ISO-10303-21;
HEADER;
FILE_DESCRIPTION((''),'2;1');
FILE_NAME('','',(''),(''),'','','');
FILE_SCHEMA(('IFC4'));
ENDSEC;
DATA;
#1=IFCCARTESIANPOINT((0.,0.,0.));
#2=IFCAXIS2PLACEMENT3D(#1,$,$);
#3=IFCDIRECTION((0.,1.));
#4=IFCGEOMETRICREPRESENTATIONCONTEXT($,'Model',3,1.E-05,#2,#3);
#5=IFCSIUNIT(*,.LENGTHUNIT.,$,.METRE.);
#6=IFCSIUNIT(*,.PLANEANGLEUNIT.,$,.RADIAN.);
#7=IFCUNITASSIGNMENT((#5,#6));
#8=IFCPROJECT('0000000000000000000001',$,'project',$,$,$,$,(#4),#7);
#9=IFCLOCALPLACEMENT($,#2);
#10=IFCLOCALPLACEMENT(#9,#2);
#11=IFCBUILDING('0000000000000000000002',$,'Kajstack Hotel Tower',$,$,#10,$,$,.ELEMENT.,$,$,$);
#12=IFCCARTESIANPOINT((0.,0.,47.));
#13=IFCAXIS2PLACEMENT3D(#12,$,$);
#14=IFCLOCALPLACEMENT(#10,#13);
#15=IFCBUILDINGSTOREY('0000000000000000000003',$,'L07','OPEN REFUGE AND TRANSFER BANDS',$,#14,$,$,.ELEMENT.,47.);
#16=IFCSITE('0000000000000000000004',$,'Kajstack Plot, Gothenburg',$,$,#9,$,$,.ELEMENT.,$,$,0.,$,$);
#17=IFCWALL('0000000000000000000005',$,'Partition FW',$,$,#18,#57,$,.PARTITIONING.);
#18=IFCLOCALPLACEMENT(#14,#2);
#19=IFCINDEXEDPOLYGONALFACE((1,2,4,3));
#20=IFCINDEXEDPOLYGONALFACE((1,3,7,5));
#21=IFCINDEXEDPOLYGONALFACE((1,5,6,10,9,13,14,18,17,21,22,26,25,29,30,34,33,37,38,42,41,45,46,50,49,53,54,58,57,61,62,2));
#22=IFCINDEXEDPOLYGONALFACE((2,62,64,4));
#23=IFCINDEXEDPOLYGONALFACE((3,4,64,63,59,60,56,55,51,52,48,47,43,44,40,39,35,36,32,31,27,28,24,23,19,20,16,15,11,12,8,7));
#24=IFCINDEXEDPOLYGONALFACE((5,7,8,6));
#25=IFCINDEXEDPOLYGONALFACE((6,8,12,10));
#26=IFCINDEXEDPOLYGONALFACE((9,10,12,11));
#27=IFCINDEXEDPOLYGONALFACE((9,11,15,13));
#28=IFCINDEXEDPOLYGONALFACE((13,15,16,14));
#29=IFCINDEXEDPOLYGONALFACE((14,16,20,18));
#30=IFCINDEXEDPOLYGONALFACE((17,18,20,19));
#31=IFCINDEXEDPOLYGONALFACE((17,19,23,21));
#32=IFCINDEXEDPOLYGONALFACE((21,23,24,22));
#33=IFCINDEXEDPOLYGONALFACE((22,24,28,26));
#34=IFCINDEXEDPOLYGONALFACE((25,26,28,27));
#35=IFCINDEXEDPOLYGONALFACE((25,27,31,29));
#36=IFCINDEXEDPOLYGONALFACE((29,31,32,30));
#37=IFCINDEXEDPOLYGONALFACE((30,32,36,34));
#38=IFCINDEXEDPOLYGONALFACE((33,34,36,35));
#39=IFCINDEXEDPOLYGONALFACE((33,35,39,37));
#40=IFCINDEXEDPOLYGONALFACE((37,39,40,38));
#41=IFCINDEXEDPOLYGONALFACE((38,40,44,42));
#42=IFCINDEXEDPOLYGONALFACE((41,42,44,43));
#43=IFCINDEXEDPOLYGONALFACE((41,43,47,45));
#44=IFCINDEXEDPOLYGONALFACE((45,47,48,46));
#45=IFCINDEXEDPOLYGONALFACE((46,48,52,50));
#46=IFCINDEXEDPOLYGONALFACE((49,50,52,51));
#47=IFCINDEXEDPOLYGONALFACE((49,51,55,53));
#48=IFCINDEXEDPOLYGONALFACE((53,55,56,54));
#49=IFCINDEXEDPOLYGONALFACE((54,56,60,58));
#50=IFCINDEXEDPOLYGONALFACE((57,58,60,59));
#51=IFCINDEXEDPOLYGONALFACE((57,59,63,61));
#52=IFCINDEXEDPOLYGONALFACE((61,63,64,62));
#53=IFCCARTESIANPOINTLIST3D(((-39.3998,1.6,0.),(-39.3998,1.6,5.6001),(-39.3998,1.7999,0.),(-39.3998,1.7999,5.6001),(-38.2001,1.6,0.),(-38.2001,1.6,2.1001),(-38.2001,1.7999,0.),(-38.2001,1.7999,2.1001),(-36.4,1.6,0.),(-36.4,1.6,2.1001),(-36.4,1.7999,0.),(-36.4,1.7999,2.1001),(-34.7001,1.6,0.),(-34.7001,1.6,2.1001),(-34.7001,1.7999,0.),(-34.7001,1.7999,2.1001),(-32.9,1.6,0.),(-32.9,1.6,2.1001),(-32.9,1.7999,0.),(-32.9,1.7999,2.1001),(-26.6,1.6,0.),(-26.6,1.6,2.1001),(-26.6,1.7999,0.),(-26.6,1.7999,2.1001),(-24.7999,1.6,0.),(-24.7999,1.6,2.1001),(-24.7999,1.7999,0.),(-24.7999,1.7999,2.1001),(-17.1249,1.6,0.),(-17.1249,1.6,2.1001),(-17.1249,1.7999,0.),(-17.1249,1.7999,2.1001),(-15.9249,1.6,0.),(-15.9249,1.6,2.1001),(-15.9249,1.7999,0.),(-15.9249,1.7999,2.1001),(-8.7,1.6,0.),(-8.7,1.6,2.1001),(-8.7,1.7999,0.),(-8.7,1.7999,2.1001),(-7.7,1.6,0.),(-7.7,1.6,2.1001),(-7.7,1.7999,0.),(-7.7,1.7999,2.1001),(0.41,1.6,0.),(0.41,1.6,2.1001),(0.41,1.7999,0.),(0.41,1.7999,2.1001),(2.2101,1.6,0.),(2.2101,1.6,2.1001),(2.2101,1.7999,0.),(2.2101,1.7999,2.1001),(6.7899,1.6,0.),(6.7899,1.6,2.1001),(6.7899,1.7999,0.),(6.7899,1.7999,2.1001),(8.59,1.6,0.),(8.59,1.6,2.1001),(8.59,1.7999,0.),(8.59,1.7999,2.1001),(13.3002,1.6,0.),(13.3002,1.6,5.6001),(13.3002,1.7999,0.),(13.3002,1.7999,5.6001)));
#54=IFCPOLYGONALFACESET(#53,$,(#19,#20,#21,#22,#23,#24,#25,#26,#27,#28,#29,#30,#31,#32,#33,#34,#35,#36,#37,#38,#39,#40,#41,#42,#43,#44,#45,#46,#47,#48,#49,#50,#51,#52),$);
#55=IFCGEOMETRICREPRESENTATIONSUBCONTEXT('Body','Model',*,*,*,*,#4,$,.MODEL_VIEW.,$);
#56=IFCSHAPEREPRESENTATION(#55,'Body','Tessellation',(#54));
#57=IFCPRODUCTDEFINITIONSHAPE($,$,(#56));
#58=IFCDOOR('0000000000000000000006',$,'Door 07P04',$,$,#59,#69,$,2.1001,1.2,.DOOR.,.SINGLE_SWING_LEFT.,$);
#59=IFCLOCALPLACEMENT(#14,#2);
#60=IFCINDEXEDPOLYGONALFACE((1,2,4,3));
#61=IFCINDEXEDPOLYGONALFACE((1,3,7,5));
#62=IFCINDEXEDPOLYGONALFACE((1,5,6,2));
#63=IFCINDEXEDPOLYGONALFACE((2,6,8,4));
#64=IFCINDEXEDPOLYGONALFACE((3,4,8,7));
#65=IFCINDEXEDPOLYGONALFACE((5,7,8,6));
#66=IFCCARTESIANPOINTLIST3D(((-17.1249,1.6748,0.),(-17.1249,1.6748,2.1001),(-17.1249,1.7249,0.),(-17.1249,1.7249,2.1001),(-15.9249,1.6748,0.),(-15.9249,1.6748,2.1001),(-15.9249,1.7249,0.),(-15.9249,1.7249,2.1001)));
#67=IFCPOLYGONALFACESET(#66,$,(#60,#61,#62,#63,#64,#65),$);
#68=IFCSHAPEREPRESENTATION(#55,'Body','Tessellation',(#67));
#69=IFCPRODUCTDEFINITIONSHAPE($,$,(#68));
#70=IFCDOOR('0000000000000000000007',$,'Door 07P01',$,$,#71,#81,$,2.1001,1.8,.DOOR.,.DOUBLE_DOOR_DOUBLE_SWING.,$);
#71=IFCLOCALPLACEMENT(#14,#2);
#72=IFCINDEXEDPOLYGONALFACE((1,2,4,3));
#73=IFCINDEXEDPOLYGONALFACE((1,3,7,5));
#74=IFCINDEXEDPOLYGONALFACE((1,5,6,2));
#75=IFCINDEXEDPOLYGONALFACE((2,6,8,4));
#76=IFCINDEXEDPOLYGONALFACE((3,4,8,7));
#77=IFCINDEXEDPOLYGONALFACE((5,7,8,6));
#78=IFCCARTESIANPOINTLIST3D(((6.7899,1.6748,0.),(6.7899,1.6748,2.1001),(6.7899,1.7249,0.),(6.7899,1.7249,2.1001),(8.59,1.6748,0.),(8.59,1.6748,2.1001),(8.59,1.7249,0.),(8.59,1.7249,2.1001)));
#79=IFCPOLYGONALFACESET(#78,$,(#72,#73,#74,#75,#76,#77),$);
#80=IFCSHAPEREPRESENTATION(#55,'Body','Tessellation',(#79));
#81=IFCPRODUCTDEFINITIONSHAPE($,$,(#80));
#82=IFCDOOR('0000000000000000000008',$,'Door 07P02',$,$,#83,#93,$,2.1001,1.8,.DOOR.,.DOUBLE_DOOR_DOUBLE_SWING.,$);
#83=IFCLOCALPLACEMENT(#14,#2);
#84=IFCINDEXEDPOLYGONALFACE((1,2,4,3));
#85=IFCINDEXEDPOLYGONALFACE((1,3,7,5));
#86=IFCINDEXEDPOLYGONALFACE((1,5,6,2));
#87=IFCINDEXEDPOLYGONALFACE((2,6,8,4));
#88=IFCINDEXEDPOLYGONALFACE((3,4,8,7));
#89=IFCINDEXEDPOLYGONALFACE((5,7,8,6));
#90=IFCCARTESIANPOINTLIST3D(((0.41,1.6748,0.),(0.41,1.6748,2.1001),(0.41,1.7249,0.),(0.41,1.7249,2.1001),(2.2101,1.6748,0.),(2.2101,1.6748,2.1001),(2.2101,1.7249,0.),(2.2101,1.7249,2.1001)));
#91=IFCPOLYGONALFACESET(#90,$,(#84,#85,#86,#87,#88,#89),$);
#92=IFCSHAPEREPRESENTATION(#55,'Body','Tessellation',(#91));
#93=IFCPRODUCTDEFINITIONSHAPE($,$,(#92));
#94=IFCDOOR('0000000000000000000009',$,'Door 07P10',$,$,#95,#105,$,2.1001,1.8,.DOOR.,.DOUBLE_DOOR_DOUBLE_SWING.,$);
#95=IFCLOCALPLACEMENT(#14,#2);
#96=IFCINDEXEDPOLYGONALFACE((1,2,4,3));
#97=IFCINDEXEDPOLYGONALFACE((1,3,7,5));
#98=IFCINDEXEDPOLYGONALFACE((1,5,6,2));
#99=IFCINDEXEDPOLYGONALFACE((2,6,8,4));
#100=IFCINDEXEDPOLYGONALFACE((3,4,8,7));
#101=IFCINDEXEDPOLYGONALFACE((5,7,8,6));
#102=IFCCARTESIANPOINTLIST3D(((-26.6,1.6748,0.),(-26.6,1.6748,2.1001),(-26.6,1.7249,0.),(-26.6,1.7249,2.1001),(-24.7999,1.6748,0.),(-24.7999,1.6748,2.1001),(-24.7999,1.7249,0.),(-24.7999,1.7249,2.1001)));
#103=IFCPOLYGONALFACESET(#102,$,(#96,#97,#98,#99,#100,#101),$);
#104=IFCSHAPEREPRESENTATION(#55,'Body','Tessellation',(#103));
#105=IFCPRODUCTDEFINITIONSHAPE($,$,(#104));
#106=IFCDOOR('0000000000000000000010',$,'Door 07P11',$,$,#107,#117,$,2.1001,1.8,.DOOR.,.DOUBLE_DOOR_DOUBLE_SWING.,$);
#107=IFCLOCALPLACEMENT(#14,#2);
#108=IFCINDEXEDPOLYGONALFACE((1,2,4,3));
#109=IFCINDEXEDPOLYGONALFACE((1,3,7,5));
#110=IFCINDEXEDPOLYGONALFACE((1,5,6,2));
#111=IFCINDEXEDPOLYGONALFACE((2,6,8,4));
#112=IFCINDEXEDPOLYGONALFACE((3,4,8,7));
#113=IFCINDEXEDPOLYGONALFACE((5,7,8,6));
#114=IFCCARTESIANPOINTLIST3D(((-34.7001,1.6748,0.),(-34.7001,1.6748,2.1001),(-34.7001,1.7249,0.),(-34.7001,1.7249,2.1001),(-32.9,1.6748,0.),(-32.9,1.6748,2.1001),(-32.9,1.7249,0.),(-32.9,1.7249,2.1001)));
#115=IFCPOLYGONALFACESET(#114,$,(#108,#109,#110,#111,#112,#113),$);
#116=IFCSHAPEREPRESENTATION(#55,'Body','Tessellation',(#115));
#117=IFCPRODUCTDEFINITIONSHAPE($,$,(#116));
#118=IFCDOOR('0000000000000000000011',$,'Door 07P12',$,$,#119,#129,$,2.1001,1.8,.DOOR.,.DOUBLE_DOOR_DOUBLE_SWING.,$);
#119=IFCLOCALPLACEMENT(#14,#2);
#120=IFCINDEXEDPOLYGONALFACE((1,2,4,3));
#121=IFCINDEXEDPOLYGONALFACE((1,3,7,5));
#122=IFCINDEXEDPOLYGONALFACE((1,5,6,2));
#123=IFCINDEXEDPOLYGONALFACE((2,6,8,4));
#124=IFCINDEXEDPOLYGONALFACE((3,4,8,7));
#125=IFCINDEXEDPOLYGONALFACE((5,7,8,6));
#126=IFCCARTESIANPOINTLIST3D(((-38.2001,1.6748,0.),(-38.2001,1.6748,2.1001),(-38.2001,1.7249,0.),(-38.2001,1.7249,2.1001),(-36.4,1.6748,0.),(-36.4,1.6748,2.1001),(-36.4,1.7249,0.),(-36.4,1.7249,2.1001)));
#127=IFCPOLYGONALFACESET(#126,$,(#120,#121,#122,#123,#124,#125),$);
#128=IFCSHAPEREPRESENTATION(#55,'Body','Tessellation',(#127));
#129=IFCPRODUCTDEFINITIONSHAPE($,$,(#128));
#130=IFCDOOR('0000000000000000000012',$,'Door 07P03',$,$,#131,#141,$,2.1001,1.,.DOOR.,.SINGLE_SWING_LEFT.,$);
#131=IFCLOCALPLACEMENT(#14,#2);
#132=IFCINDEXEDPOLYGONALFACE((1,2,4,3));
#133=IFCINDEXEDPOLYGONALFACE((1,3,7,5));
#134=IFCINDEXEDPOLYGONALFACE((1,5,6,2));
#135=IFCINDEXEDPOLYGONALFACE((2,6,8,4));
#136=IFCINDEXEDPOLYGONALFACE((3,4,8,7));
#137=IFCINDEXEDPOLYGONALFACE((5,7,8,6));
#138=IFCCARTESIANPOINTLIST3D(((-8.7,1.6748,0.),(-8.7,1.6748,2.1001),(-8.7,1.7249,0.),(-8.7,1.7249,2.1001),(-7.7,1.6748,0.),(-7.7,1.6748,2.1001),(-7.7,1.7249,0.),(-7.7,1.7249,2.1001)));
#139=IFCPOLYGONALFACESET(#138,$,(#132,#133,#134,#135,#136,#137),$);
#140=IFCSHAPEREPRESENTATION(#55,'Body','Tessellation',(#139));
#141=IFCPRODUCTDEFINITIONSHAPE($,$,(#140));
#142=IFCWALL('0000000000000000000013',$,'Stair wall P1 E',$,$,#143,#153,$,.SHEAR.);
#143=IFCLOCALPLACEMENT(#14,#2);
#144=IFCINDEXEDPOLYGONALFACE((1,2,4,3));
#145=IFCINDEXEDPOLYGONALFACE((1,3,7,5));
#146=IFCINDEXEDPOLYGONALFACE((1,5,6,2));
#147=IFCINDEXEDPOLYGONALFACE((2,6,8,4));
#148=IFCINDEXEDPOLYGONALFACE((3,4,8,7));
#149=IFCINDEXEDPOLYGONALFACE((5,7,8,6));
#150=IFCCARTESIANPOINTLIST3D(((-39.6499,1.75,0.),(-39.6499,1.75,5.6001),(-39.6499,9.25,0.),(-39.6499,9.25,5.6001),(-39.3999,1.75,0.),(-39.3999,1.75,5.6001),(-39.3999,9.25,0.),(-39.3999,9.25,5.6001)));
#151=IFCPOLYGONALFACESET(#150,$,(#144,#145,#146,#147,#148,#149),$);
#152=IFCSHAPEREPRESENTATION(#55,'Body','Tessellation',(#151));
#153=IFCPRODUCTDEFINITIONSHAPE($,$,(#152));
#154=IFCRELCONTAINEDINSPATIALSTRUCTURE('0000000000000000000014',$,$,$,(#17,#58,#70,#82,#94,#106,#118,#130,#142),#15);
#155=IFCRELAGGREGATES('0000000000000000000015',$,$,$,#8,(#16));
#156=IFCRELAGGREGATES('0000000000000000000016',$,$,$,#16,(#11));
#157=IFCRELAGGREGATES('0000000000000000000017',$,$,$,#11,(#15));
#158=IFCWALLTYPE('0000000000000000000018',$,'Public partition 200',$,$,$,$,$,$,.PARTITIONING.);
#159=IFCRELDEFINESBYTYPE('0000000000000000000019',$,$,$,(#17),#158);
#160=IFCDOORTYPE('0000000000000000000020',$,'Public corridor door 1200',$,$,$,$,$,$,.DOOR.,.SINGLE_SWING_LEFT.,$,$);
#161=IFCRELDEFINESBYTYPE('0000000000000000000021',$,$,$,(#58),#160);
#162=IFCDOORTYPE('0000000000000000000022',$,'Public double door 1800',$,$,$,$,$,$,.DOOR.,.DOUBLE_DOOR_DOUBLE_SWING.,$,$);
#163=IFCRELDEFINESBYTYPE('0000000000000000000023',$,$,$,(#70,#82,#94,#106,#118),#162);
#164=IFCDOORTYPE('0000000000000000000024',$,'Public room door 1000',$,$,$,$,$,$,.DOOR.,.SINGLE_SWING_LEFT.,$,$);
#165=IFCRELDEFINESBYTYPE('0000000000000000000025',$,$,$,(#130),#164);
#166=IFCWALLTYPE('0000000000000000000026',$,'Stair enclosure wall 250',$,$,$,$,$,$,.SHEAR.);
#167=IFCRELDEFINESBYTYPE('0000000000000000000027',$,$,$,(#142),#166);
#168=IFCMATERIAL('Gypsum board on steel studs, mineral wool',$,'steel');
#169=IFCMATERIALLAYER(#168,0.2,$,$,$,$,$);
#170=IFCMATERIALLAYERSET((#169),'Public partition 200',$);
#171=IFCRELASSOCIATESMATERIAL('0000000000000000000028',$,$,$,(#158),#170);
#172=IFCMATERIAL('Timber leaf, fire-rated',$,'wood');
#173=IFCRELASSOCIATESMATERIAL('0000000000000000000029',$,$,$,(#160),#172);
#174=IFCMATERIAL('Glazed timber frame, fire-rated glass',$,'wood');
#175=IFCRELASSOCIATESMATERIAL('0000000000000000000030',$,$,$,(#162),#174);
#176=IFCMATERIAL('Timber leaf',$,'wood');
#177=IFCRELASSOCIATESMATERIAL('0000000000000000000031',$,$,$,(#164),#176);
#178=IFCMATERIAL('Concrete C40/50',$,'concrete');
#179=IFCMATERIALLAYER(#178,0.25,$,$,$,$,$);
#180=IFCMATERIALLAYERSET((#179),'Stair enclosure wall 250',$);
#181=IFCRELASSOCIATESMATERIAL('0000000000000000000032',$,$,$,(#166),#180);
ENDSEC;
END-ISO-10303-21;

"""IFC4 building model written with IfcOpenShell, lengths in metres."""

from ifc_helpers import new_model, si_unit, direction, frame, frame_2d, origin, place, context, subcontext, project, spatial, rectangle, extrude, material, layer, layer_set, type_object, element, fill, save


model = new_model("IFC4")

# Units and contexts
model_context = context("Model", 3, precision=1e-05, world=origin(), true_north=direction((0.0, 1.0)))
body_context = subcontext(model_context, "Body", "Model", "MODEL_VIEW")
ifc_project = project(units=[si_unit("LENGTHUNIT", "METRE"), si_unit("PLANEANGLEUNIT", "RADIAN")], contexts=[model_context])

# Site, building, storey
site_placement = place(None, origin())
site = spatial("IfcSite", under=ifc_project, at=site_placement, Name="Kajstack Plot, Gothenburg", CompositionType="ELEMENT", RefElevation=0.0)
building_placement = place(site_placement, origin())
building = spatial("IfcBuilding", under=site, at=building_placement, Name="Kajstack Hotel Tower", CompositionType="ELEMENT")
storey_placement = place(building_placement, frame((0.0, 0.0, 47.0)))
storey = spatial("IfcBuildingStorey", under=building, at=storey_placement, Name="L07", Description="OPEN REFUGE AND TRANSFER BANDS", CompositionType="ELEMENT", Elevation=47.0)

# Shared definitions
ifc_material_1 = material(Name="Gypsum board on steel studs, mineral wool", Category="steel")
ifc_layer_1 = layer(ifc_material_1, 0.2)
ifc_layer_set_1 = layer_set([ifc_layer_1], Name="Public partition 200")
wall_type_1 = type_object("IfcWallType", Name="Public partition 200", PredefinedType="PARTITIONING", material=ifc_layer_set_1)

# Wall, openings, doors
wall_1_placement = place(storey_placement, frame((-39.3999, 1.7, 0.0), z_axis=(0.0, 0.0, 1.0), x_axis=(1.0, 0.0, 0.0)))
wall_1 = element("IfcWall", 1, at=wall_1_placement, inside=storey, type_object=wall_type_1, Name="Partition FW", PredefinedType="PARTITIONING", context=body_context, shape_type="SweptSolid", body=[
    extrude(rectangle(XDim=52.7, YDim=0.2, at=frame_2d((26.3501, 0.0))), origin(), (0.0, 0.0, 1.0), 5.6001),
])
opening_1_placement = place(wall_1_placement, frame((46.1899, 0.0, 0.0)))
opening_1 = element("IfcOpeningElement", 2, at=opening_1_placement, cuts=wall_1, PredefinedType="OPENING", context=body_context, shape_type="SweptSolid", body=[
    extrude(rectangle(XDim=1.8, YDim=2.1001, at=frame_2d((0.8999, 1.05))), frame((0.0, 0.1099, 0.0), z_axis=(0.0, -1.0, 0.0), x_axis=(1.0, 0.0, 0.0)), (0.0, 0.0, 1.0), 0.22),
])
opening_2_placement = place(wall_1_placement, frame((39.8101, 0.0, 0.0)))
opening_2 = element("IfcOpeningElement", 3, at=opening_2_placement, cuts=wall_1, PredefinedType="OPENING", context=body_context, shape_type="SweptSolid", body=[
    extrude(rectangle(XDim=1.8, YDim=2.1001, at=frame_2d((0.8999, 1.05))), frame((0.0, 0.1099, 0.0), z_axis=(0.0, -1.0, 0.0), x_axis=(1.0, 0.0, 0.0)), (0.0, 0.0, 1.0), 0.22),
])
opening_3_placement = place(wall_1_placement, frame((30.7, 0.0, 0.0)))
opening_3 = element("IfcOpeningElement", 4, at=opening_3_placement, cuts=wall_1, PredefinedType="OPENING", context=body_context, shape_type="SweptSolid", body=[
    extrude(rectangle(XDim=1.0, YDim=2.1001, at=frame_2d((0.5, 1.05))), frame((0.0, 0.1099, 0.0), z_axis=(0.0, -1.0, 0.0), x_axis=(1.0, 0.0, 0.0)), (0.0, 0.0, 1.0), 0.22),
])
opening_4_placement = place(wall_1_placement, frame((22.2749, 0.0, 0.0)))
opening_4 = element("IfcOpeningElement", 5, at=opening_4_placement, cuts=wall_1, PredefinedType="OPENING", context=body_context, shape_type="SweptSolid", body=[
    extrude(rectangle(XDim=1.2, YDim=2.1001, at=frame_2d((0.6001, 1.05))), frame((0.0, 0.1099, 0.0), z_axis=(0.0, -1.0, 0.0), x_axis=(1.0, 0.0, 0.0)), (0.0, 0.0, 1.0), 0.22),
])
opening_5_placement = place(wall_1_placement, frame((12.8, 0.0, 0.0)))
opening_5 = element("IfcOpeningElement", 6, at=opening_5_placement, cuts=wall_1, PredefinedType="OPENING", context=body_context, shape_type="SweptSolid", body=[
    extrude(rectangle(XDim=1.8, YDim=2.1001, at=frame_2d((0.8999, 1.05))), frame((0.0, 0.1099, 0.0), z_axis=(0.0, -1.0, 0.0), x_axis=(1.0, 0.0, 0.0)), (0.0, 0.0, 1.0), 0.22),
])
opening_6_placement = place(wall_1_placement, frame((4.7, 0.0, 0.0)))
opening_6 = element("IfcOpeningElement", 7, at=opening_6_placement, cuts=wall_1, PredefinedType="OPENING", context=body_context, shape_type="SweptSolid", body=[
    extrude(rectangle(XDim=1.8, YDim=2.1001, at=frame_2d((0.8999, 1.05))), frame((0.0, 0.1099, 0.0), z_axis=(0.0, -1.0, 0.0), x_axis=(1.0, 0.0, 0.0)), (0.0, 0.0, 1.0), 0.22),
])
opening_7_placement = place(wall_1_placement, frame((1.2, 0.0, 0.0)))
opening_7 = element("IfcOpeningElement", 8, at=opening_7_placement, cuts=wall_1, PredefinedType="OPENING", context=body_context, shape_type="SweptSolid", body=[
    extrude(rectangle(XDim=1.8, YDim=2.1001, at=frame_2d((0.8999, 1.05))), frame((0.0, 0.1099, 0.0), z_axis=(0.0, -1.0, 0.0), x_axis=(1.0, 0.0, 0.0)), (0.0, 0.0, 1.0), 0.22),
])
ifc_material_2 = material(Name="Timber leaf, fire-rated", Category="wood")
door_type_1 = type_object("IfcDoorType", Name="Public corridor door 1200", OperationType="SINGLE_SWING_LEFT", PredefinedType="DOOR", material=ifc_material_2)
door_1_placement = place(opening_4_placement, origin())
door_1 = element("IfcDoor", 9, at=door_1_placement, inside=storey, type_object=door_type_1, Name="Door 07P04", OperationType="SINGLE_SWING_LEFT", OverallHeight=2.1001, OverallWidth=1.2, PredefinedType="DOOR", context=body_context, shape_type="SweptSolid", body=[
    extrude(rectangle(XDim=1.2, YDim=2.1001, at=frame_2d((0.6001, 1.05))), frame((0.0, 0.0249, 0.0), z_axis=(0.0, -1.0, 0.0), x_axis=(1.0, 0.0, 0.0)), (0.0, 0.0, 1.0), 0.05),
])
fill(opening_4, door_1)
ifc_material_3 = material(Name="Glazed timber frame, fire-rated glass", Category="wood")
door_type_2 = type_object("IfcDoorType", Name="Public double door 1800", OperationType="DOUBLE_DOOR_DOUBLE_SWING", PredefinedType="DOOR", material=ifc_material_3)
door_2_placement = place(opening_1_placement, origin())
door_2 = element("IfcDoor", 10, at=door_2_placement, inside=storey, type_object=door_type_2, Name="Door 07P01", OperationType="DOUBLE_DOOR_DOUBLE_SWING", OverallHeight=2.1001, OverallWidth=1.8, PredefinedType="DOOR", context=body_context, shape_type="SweptSolid", body=[
    extrude(rectangle(XDim=1.8, YDim=2.1001, at=frame_2d((0.8999, 1.05))), frame((0.0, 0.0249, 0.0), z_axis=(0.0, -1.0, 0.0), x_axis=(1.0, 0.0, 0.0)), (0.0, 0.0, 1.0), 0.05),
])
fill(opening_1, door_2)
door_3_placement = place(opening_2_placement, origin())
door_3 = element("IfcDoor", 11, at=door_3_placement, inside=storey, type_object=door_type_2, Name="Door 07P02", OperationType="DOUBLE_DOOR_DOUBLE_SWING", OverallHeight=2.1001, OverallWidth=1.8, PredefinedType="DOOR", context=body_context, shape_type="SweptSolid", body=[
    extrude(rectangle(XDim=1.8, YDim=2.1001, at=frame_2d((0.8999, 1.05))), frame((0.0, 0.0249, 0.0), z_axis=(0.0, -1.0, 0.0), x_axis=(1.0, 0.0, 0.0)), (0.0, 0.0, 1.0), 0.05),
])
fill(opening_2, door_3)
door_4_placement = place(opening_5_placement, origin())
door_4 = element("IfcDoor", 12, at=door_4_placement, inside=storey, type_object=door_type_2, Name="Door 07P10", OperationType="DOUBLE_DOOR_DOUBLE_SWING", OverallHeight=2.1001, OverallWidth=1.8, PredefinedType="DOOR", context=body_context, shape_type="SweptSolid", body=[
    extrude(rectangle(XDim=1.8, YDim=2.1001, at=frame_2d((0.8999, 1.05))), frame((0.0, 0.0249, 0.0), z_axis=(0.0, -1.0, 0.0), x_axis=(1.0, 0.0, 0.0)), (0.0, 0.0, 1.0), 0.05),
])
fill(opening_5, door_4)
door_5_placement = place(opening_6_placement, origin())
door_5 = element("IfcDoor", 13, at=door_5_placement, inside=storey, type_object=door_type_2, Name="Door 07P11", OperationType="DOUBLE_DOOR_DOUBLE_SWING", OverallHeight=2.1001, OverallWidth=1.8, PredefinedType="DOOR", context=body_context, shape_type="SweptSolid", body=[
    extrude(rectangle(XDim=1.8, YDim=2.1001, at=frame_2d((0.8999, 1.05))), frame((0.0, 0.0249, 0.0), z_axis=(0.0, -1.0, 0.0), x_axis=(1.0, 0.0, 0.0)), (0.0, 0.0, 1.0), 0.05),
])
fill(opening_6, door_5)
door_6_placement = place(opening_7_placement, origin())
door_6 = element("IfcDoor", 14, at=door_6_placement, inside=storey, type_object=door_type_2, Name="Door 07P12", OperationType="DOUBLE_DOOR_DOUBLE_SWING", OverallHeight=2.1001, OverallWidth=1.8, PredefinedType="DOOR", context=body_context, shape_type="SweptSolid", body=[
    extrude(rectangle(XDim=1.8, YDim=2.1001, at=frame_2d((0.8999, 1.05))), frame((0.0, 0.0249, 0.0), z_axis=(0.0, -1.0, 0.0), x_axis=(1.0, 0.0, 0.0)), (0.0, 0.0, 1.0), 0.05),
])
fill(opening_7, door_6)
ifc_material_4 = material(Name="Timber leaf", Category="wood")
door_type_3 = type_object("IfcDoorType", Name="Public room door 1000", OperationType="SINGLE_SWING_LEFT", PredefinedType="DOOR", material=ifc_material_4)
door_7_placement = place(opening_3_placement, origin())
door_7 = element("IfcDoor", 15, at=door_7_placement, inside=storey, type_object=door_type_3, Name="Door 07P03", OperationType="SINGLE_SWING_LEFT", OverallHeight=2.1001, OverallWidth=1.0, PredefinedType="DOOR", context=body_context, shape_type="SweptSolid", body=[
    extrude(rectangle(XDim=1.0, YDim=2.1001, at=frame_2d((0.5, 1.05))), frame((0.0, 0.0249, 0.0), z_axis=(0.0, -1.0, 0.0), x_axis=(1.0, 0.0, 0.0)), (0.0, 0.0, 1.0), 0.05),
])
fill(opening_3, door_7)

# Wall
ifc_material_5 = material(Name="Concrete C40/50", Category="concrete")
ifc_layer_2 = layer(ifc_material_5, 0.25)
ifc_layer_set_2 = layer_set([ifc_layer_2], Name="Stair enclosure wall 250")
wall_type_2 = type_object("IfcWallType", Name="Stair enclosure wall 250", PredefinedType="SHEAR", material=ifc_layer_set_2)
wall_2_placement = place(storey_placement, frame((-39.5249, 1.75, 0.0), z_axis=(0.0, 0.0, 1.0), x_axis=(0.0, 1.0, 0.0)))
element("IfcWall", 16, at=wall_2_placement, inside=storey, type_object=wall_type_2, Name="Stair wall P1 E", PredefinedType="SHEAR", context=body_context, shape_type="SweptSolid", body=[
    extrude(rectangle(XDim=7.5, YDim=0.25, at=frame_2d((3.75, 0.0))), origin(), (0.0, 0.0, 1.0), 5.6001),
])

save(model, "model.ifc")
